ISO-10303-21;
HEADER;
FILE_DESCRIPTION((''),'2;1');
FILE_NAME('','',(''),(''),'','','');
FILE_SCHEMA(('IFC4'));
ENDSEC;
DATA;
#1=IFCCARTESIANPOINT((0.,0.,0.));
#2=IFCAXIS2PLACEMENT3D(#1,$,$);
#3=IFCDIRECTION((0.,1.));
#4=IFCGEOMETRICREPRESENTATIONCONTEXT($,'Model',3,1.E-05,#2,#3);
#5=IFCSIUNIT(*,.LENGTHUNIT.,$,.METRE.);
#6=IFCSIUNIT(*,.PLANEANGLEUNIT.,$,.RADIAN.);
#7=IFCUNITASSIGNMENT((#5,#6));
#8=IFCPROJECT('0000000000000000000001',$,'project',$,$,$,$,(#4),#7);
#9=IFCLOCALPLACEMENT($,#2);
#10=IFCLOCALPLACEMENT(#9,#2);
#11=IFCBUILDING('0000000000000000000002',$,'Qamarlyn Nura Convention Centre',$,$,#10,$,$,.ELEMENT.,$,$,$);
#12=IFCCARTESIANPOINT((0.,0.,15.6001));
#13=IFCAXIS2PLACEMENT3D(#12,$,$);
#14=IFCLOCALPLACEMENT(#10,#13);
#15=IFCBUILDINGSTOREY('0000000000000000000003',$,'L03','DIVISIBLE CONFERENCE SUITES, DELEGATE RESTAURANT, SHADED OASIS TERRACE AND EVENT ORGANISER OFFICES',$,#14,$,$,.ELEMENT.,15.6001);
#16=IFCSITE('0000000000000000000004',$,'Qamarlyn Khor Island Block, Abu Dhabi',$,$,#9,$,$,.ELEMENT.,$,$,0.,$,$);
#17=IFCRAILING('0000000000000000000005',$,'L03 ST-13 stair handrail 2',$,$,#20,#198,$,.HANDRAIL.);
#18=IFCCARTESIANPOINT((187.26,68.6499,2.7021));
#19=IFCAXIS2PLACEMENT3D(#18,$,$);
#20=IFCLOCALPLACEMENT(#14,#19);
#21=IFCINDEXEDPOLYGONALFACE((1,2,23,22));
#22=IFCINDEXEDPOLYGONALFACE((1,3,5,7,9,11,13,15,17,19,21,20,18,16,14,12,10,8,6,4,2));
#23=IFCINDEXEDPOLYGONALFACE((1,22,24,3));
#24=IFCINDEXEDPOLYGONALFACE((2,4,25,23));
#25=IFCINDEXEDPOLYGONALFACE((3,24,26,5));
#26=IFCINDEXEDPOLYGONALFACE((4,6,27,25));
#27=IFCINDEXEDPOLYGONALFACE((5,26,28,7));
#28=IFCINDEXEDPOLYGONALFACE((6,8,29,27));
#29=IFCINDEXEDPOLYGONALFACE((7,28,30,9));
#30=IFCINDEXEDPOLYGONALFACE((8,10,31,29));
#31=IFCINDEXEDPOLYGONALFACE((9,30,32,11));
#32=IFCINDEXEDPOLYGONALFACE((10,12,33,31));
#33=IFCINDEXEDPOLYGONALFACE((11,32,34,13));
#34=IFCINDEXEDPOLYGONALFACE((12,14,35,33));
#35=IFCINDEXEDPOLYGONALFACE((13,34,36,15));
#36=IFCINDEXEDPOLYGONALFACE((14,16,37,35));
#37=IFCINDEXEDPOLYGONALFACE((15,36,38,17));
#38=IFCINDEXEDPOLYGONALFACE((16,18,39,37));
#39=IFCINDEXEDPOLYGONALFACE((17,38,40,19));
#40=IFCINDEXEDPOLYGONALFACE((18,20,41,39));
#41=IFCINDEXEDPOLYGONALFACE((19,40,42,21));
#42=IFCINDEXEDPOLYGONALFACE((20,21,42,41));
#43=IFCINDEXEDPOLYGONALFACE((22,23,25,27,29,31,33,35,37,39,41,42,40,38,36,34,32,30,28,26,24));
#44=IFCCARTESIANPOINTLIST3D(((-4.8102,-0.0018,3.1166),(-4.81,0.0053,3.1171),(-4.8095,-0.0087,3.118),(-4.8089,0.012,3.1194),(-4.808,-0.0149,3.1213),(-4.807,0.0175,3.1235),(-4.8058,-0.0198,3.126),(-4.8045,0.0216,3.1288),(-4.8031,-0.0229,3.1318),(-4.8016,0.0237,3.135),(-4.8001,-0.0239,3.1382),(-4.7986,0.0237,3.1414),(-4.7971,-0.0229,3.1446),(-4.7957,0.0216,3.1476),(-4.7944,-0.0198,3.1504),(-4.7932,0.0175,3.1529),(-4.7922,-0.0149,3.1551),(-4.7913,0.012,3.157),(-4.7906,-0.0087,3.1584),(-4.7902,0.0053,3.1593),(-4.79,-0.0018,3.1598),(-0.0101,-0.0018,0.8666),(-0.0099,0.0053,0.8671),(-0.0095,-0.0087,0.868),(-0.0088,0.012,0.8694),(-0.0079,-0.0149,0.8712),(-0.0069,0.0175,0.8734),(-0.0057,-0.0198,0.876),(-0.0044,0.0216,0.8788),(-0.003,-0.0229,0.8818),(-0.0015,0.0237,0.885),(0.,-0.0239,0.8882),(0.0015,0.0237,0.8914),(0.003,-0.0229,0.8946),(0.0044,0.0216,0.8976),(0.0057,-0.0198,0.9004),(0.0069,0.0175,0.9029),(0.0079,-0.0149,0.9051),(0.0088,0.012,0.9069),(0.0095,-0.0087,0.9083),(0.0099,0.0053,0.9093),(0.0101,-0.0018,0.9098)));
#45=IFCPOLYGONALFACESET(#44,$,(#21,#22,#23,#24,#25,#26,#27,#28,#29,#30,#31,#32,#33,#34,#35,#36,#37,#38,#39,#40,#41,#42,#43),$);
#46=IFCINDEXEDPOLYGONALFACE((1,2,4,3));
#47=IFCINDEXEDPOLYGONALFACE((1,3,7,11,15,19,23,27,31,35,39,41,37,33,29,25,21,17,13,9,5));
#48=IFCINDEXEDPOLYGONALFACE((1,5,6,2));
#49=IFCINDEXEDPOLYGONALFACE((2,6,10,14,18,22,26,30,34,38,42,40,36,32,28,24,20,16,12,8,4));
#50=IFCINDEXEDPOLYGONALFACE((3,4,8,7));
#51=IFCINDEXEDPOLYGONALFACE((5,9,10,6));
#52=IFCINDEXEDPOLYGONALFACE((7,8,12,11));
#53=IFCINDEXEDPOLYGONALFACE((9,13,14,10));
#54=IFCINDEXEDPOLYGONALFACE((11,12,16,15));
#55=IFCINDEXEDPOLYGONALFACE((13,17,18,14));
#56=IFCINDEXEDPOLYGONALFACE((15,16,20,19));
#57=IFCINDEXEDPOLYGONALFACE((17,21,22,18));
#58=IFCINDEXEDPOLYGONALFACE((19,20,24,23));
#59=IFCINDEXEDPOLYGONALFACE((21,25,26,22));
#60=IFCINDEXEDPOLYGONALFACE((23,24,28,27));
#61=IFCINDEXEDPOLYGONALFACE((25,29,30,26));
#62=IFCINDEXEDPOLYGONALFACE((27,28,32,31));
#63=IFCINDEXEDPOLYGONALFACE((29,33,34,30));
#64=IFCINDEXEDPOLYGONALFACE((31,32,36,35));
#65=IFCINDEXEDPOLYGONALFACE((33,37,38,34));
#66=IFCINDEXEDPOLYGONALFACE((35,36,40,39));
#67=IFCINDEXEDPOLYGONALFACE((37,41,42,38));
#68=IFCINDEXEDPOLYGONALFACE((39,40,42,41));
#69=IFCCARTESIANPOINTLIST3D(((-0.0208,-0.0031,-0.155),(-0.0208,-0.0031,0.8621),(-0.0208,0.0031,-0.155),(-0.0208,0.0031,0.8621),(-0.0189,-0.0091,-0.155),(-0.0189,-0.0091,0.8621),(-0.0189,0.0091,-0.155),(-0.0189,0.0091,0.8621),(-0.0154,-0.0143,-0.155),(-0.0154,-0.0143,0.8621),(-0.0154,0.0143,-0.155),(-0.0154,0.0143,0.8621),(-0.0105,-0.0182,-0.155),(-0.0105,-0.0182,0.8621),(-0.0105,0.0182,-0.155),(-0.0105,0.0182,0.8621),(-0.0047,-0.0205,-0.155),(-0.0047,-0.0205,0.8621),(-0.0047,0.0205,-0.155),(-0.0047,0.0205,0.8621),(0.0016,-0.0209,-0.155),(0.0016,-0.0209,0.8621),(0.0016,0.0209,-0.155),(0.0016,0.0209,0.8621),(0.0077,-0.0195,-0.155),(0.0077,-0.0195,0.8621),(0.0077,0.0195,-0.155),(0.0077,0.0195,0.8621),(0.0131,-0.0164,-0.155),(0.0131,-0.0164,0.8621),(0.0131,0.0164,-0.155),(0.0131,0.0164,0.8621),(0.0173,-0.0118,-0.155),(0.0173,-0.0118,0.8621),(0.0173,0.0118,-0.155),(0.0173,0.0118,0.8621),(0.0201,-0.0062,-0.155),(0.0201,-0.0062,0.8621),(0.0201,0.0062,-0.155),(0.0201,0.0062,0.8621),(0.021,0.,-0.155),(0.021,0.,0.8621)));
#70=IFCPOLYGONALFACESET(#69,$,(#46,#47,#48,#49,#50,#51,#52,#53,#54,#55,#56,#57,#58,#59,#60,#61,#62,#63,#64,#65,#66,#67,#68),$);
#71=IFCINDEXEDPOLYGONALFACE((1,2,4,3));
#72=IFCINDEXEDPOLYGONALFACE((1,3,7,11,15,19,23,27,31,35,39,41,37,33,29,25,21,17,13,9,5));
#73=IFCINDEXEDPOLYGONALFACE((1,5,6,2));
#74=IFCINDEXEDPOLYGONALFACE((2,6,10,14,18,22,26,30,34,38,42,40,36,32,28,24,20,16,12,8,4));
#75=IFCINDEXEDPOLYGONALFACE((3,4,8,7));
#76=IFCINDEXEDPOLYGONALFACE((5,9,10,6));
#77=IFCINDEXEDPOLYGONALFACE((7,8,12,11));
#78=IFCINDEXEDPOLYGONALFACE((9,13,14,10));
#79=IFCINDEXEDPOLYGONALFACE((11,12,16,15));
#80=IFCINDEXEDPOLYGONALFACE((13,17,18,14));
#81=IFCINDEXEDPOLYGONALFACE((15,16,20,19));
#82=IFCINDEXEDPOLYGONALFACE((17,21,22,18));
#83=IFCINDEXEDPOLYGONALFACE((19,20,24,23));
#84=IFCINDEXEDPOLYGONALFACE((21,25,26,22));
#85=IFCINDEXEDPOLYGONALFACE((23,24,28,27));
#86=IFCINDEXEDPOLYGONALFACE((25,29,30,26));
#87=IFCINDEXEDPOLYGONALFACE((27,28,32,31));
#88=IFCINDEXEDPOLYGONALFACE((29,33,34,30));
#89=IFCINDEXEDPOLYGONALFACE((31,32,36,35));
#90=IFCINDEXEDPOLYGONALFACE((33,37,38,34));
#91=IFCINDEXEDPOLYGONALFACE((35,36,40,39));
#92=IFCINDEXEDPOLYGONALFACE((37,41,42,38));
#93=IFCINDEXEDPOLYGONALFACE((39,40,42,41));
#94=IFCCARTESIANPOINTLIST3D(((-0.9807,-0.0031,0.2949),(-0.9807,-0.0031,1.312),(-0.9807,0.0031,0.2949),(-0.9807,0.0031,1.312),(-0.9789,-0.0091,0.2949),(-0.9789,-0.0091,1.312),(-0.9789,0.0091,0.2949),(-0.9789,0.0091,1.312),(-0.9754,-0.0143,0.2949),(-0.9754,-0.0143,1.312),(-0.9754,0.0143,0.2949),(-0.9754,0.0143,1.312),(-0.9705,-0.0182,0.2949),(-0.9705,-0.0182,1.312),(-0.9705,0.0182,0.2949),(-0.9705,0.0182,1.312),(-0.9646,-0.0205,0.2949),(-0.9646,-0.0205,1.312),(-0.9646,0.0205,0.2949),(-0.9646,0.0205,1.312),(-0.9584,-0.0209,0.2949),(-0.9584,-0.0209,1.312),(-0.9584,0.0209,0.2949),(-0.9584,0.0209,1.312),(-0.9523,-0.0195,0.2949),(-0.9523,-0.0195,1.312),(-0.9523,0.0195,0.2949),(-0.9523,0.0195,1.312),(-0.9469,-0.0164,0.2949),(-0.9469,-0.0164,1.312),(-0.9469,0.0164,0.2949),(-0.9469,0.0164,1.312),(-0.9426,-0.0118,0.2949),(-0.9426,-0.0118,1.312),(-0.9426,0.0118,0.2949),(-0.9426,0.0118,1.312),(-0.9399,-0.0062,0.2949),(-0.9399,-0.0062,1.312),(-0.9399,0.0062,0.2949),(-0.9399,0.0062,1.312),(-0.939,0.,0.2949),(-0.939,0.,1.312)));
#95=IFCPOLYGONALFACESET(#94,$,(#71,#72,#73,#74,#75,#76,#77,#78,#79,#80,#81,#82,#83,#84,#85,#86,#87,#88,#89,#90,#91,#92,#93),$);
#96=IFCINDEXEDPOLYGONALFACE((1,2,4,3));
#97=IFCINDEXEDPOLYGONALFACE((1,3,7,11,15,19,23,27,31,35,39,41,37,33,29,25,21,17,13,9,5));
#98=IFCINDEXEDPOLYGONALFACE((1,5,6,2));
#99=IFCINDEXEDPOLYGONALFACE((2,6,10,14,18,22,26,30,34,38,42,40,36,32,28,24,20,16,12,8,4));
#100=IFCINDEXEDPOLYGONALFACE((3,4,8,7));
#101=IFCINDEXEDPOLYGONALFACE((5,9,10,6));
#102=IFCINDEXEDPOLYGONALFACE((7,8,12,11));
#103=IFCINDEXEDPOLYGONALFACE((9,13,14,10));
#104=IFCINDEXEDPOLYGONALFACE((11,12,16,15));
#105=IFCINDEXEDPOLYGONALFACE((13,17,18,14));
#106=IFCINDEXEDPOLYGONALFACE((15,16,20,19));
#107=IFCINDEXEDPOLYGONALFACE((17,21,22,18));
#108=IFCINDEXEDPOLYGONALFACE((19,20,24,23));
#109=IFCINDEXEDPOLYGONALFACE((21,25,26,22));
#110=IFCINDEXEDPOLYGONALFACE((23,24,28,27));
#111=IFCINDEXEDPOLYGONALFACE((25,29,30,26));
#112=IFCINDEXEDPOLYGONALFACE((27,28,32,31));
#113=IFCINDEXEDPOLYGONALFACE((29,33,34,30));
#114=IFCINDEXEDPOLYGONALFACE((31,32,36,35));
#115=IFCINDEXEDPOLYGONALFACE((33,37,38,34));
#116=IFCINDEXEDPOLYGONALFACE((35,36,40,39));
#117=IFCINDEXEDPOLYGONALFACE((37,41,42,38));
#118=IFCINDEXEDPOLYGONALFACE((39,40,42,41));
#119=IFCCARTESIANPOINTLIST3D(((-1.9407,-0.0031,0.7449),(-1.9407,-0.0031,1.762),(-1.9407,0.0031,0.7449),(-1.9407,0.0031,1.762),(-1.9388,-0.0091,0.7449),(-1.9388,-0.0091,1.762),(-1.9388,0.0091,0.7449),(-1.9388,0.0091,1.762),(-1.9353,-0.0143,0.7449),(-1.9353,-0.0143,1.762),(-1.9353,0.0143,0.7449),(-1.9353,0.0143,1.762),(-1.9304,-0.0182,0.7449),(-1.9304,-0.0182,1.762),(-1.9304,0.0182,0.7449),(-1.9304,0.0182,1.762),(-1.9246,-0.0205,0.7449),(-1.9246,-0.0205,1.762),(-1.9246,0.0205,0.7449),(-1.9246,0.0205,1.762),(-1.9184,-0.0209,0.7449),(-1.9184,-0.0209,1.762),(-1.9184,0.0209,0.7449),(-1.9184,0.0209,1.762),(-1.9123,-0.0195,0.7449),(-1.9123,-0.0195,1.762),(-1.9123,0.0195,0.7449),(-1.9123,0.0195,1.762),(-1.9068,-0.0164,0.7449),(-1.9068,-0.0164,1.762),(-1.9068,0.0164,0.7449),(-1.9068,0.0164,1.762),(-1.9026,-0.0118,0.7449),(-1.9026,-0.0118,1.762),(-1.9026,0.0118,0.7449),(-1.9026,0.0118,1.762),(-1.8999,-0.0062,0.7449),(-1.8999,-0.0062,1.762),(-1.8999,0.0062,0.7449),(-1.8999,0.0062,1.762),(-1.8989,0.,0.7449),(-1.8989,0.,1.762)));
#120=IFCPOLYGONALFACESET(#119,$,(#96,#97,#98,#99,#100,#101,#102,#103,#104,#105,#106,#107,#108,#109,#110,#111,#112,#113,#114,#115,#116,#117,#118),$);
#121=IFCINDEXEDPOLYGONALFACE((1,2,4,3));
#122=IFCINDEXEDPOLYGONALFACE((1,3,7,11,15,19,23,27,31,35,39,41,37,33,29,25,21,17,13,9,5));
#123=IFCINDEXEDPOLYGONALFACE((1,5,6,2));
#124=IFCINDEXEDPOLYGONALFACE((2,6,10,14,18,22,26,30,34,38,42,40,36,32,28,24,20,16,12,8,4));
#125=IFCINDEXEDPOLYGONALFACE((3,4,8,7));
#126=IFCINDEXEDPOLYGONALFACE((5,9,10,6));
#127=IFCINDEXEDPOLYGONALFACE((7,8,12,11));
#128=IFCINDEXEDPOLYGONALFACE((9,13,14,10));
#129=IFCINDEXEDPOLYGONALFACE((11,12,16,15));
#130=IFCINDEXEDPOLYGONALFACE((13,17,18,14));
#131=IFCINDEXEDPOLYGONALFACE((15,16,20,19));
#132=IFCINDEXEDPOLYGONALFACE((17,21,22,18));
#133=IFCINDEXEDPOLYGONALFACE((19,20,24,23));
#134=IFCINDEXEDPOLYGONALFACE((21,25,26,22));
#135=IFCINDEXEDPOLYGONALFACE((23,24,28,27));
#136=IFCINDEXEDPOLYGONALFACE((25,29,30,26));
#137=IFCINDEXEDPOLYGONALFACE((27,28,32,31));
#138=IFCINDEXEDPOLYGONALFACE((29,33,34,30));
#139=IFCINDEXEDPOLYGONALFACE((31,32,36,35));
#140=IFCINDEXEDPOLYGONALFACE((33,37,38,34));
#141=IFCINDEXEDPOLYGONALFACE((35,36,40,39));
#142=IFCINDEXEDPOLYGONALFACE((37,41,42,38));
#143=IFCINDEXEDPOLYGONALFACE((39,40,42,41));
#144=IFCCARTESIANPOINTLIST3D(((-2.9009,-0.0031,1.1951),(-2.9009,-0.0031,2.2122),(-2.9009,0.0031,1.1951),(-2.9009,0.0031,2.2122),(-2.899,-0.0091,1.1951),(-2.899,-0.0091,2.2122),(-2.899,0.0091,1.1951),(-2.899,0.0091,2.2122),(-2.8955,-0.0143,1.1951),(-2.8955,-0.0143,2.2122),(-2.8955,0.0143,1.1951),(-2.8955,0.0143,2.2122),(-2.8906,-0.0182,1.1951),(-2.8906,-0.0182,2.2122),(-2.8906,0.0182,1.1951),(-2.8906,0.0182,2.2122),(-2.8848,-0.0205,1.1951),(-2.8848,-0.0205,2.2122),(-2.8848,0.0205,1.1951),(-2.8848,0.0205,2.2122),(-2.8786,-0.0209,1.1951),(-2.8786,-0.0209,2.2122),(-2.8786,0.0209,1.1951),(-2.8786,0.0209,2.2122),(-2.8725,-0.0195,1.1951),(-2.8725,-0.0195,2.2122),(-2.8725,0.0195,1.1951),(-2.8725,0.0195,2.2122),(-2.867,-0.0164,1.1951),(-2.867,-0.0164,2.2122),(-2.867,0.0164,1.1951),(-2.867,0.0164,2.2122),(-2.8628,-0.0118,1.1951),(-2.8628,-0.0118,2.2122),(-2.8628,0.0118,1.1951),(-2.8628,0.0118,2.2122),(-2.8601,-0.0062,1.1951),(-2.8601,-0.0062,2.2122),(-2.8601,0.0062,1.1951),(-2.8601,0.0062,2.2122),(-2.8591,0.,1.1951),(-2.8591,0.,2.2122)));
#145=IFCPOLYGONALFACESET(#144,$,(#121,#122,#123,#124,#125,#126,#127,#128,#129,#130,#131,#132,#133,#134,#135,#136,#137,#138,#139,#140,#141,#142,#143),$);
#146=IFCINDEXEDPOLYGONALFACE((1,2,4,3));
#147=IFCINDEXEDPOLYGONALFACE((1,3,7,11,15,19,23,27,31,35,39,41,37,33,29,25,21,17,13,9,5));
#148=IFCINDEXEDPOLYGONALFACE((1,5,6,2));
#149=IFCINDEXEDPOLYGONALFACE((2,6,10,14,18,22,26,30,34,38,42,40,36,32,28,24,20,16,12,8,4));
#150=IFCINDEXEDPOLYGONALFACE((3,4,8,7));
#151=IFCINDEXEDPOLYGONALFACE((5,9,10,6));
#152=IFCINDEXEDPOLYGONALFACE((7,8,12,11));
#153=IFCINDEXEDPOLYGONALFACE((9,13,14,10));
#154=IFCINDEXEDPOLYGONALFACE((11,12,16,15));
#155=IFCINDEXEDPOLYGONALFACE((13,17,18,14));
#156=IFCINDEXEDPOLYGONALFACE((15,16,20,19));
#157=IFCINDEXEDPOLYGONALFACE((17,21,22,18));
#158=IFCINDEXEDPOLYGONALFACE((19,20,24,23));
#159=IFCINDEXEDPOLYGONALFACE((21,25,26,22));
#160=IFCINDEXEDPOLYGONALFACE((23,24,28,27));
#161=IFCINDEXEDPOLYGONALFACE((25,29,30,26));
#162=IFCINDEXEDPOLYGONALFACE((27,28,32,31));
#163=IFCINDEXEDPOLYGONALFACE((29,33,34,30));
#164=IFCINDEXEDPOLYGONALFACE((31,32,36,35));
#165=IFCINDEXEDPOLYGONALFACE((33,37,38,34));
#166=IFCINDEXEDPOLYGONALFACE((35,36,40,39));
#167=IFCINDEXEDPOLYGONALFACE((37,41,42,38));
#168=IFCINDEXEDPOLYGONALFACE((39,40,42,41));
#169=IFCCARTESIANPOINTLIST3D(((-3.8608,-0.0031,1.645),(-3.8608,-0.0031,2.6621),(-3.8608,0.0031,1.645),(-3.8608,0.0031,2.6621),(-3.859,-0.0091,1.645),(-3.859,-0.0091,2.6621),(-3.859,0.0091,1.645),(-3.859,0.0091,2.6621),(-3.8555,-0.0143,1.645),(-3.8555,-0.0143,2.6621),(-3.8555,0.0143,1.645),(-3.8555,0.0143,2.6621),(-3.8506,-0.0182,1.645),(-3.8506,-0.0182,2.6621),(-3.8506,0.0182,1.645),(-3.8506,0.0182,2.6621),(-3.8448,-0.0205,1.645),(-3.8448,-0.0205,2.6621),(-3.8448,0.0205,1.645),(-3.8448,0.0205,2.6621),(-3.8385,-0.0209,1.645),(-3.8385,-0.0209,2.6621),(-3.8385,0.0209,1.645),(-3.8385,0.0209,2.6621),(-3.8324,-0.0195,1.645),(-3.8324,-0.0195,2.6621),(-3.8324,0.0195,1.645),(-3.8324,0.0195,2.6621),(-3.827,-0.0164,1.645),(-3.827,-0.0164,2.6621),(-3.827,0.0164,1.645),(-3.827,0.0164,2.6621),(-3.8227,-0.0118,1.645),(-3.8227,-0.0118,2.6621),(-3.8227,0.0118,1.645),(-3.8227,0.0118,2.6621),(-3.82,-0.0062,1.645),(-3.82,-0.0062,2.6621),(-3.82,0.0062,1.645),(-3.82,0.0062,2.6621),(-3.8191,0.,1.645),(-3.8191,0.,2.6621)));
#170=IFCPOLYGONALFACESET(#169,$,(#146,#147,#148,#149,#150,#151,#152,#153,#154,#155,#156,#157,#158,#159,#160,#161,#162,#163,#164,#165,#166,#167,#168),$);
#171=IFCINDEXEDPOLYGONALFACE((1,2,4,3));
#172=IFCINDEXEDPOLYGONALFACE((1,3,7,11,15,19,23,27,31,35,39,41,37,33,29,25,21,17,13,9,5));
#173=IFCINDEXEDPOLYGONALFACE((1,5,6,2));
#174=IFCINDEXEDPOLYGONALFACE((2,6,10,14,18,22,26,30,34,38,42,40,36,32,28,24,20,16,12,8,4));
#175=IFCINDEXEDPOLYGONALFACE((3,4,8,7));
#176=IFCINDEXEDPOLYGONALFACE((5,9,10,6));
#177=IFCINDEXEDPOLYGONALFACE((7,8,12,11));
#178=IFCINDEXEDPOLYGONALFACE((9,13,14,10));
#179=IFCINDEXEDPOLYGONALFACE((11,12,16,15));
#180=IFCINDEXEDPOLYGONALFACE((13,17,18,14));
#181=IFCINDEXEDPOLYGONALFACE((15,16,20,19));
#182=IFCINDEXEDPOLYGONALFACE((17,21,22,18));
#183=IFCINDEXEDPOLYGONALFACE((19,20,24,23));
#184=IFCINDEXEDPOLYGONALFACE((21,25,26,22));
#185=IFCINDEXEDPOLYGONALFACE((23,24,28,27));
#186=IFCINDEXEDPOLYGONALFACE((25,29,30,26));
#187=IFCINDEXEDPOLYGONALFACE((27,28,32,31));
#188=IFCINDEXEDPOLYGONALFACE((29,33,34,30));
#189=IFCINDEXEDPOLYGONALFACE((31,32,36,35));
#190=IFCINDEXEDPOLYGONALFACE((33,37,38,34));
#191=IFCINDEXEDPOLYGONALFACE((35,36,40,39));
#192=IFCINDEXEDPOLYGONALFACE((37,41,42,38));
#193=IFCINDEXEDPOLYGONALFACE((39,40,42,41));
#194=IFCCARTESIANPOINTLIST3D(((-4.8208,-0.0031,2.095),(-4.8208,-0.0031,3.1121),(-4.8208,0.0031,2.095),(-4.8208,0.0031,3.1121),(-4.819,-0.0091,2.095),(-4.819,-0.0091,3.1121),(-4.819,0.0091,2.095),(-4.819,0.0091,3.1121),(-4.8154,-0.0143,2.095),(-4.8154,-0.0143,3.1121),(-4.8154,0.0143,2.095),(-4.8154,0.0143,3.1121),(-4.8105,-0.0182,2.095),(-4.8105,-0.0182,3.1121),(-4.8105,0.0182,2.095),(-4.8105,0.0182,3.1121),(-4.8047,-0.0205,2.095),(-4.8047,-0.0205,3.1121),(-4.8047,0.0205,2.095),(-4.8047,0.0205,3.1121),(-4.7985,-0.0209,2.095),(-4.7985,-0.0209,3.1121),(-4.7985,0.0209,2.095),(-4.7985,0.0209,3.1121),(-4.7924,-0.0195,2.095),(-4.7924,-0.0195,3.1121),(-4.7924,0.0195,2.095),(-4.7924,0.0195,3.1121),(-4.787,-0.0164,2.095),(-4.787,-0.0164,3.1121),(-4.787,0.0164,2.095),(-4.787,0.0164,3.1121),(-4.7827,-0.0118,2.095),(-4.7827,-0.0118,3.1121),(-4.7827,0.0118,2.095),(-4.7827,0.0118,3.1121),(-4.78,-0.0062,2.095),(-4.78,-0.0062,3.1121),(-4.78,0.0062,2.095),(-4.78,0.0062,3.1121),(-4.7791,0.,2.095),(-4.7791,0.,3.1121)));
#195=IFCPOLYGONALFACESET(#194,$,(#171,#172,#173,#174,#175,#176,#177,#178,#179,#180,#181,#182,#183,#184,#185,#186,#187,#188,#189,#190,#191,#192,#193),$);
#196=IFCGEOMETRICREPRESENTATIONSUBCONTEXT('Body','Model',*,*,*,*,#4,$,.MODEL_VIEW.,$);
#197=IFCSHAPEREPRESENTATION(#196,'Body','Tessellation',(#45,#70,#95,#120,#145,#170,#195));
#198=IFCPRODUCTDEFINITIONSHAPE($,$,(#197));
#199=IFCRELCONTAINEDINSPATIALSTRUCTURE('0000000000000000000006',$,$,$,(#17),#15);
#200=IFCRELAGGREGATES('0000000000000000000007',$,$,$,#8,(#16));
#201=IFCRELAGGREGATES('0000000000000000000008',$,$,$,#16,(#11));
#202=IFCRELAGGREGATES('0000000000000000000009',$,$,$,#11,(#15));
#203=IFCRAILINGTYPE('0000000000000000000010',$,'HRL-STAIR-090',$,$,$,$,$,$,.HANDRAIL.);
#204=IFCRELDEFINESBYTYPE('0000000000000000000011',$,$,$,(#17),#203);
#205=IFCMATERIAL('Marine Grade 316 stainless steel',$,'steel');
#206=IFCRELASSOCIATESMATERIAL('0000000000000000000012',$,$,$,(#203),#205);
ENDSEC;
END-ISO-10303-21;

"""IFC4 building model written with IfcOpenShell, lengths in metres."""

from ifc_helpers import new_model, si_unit, direction, frame, origin, origin_2d, place, context, subcontext, project, spatial, circle, extrude, material, type_object, element, save


model = new_model("IFC4")

# Units and contexts
model_context = context("Model", 3, precision=1e-05, world=origin(), true_north=direction((0.0, 1.0)))
body_context = subcontext(model_context, "Body", "Model", "MODEL_VIEW")
ifc_project = project(units=[si_unit("LENGTHUNIT", "METRE"), si_unit("PLANEANGLEUNIT", "RADIAN")], contexts=[model_context])

# Site, building, storey
site_placement = place(None, origin())
site = spatial("IfcSite", under=ifc_project, at=site_placement, Name="Qamarlyn Khor Island Block, Abu Dhabi", CompositionType="ELEMENT", RefElevation=0.0)
building_placement = place(site_placement, origin())
building = spatial("IfcBuilding", under=site, at=building_placement, Name="Qamarlyn Nura Convention Centre", CompositionType="ELEMENT")
storey_placement = place(building_placement, frame((0.0, 0.0, 15.6001)))
storey = spatial("IfcBuildingStorey", under=building, at=storey_placement, Name="L03", Description="DIVISIBLE CONFERENCE SUITES, DELEGATE RESTAURANT, SHADED OASIS TERRACE AND EVENT ORGANISER OFFICES", CompositionType="ELEMENT", Elevation=15.6001)

# Railing
ifc_material_1 = material(Name="Marine Grade 316 stainless steel", Category="steel")
railing_type_1 = type_object("IfcRailingType", Name="HRL-STAIR-090", PredefinedType="HANDRAIL", material=ifc_material_1)
railing_1_placement = place(storey_placement, frame((187.26, 68.6499, 2.7021)))
element("IfcRailing", 1, at=railing_1_placement, inside=storey, type_object=railing_type_1, Name="L03 ST-13 stair handrail 2", PredefinedType="HANDRAIL", context=body_context, shape_type="SweptSolid", body=[
    extrude(circle(Radius=0.0239, at=origin_2d()), frame((0.0, 0.0, 0.8882), z_axis=(-0.905461, 0.0, 0.42443), x_axis=(0.0, -1.0, 0.0)), (0.0, 0.0, 1.0), 5.3013),
    extrude(circle(Radius=0.021, at=origin_2d()), frame((0.0, 0.0, -0.155)), (0.0, 0.0, 1.0), 1.0171),
    extrude(circle(Radius=0.021, at=origin_2d()), frame((-0.96, 0.0, 0.2949)), (0.0, 0.0, 1.0), 1.0171),
    extrude(circle(Radius=0.021, at=origin_2d()), frame((-1.9199, 0.0, 0.7449)), (0.0, 0.0, 1.0), 1.0171),
    extrude(circle(Radius=0.021, at=origin_2d()), frame((-2.8801, 0.0, 1.1951)), (0.0, 0.0, 1.0), 1.0171),
    extrude(circle(Radius=0.021, at=origin_2d()), frame((-3.8401, 0.0, 1.645)), (0.0, 0.0, 1.0), 1.0171),
    extrude(circle(Radius=0.021, at=origin_2d()), frame((-4.8, 0.0, 2.095)), (0.0, 0.0, 1.0), 1.0171),
])

save(model, "model.ifc")
